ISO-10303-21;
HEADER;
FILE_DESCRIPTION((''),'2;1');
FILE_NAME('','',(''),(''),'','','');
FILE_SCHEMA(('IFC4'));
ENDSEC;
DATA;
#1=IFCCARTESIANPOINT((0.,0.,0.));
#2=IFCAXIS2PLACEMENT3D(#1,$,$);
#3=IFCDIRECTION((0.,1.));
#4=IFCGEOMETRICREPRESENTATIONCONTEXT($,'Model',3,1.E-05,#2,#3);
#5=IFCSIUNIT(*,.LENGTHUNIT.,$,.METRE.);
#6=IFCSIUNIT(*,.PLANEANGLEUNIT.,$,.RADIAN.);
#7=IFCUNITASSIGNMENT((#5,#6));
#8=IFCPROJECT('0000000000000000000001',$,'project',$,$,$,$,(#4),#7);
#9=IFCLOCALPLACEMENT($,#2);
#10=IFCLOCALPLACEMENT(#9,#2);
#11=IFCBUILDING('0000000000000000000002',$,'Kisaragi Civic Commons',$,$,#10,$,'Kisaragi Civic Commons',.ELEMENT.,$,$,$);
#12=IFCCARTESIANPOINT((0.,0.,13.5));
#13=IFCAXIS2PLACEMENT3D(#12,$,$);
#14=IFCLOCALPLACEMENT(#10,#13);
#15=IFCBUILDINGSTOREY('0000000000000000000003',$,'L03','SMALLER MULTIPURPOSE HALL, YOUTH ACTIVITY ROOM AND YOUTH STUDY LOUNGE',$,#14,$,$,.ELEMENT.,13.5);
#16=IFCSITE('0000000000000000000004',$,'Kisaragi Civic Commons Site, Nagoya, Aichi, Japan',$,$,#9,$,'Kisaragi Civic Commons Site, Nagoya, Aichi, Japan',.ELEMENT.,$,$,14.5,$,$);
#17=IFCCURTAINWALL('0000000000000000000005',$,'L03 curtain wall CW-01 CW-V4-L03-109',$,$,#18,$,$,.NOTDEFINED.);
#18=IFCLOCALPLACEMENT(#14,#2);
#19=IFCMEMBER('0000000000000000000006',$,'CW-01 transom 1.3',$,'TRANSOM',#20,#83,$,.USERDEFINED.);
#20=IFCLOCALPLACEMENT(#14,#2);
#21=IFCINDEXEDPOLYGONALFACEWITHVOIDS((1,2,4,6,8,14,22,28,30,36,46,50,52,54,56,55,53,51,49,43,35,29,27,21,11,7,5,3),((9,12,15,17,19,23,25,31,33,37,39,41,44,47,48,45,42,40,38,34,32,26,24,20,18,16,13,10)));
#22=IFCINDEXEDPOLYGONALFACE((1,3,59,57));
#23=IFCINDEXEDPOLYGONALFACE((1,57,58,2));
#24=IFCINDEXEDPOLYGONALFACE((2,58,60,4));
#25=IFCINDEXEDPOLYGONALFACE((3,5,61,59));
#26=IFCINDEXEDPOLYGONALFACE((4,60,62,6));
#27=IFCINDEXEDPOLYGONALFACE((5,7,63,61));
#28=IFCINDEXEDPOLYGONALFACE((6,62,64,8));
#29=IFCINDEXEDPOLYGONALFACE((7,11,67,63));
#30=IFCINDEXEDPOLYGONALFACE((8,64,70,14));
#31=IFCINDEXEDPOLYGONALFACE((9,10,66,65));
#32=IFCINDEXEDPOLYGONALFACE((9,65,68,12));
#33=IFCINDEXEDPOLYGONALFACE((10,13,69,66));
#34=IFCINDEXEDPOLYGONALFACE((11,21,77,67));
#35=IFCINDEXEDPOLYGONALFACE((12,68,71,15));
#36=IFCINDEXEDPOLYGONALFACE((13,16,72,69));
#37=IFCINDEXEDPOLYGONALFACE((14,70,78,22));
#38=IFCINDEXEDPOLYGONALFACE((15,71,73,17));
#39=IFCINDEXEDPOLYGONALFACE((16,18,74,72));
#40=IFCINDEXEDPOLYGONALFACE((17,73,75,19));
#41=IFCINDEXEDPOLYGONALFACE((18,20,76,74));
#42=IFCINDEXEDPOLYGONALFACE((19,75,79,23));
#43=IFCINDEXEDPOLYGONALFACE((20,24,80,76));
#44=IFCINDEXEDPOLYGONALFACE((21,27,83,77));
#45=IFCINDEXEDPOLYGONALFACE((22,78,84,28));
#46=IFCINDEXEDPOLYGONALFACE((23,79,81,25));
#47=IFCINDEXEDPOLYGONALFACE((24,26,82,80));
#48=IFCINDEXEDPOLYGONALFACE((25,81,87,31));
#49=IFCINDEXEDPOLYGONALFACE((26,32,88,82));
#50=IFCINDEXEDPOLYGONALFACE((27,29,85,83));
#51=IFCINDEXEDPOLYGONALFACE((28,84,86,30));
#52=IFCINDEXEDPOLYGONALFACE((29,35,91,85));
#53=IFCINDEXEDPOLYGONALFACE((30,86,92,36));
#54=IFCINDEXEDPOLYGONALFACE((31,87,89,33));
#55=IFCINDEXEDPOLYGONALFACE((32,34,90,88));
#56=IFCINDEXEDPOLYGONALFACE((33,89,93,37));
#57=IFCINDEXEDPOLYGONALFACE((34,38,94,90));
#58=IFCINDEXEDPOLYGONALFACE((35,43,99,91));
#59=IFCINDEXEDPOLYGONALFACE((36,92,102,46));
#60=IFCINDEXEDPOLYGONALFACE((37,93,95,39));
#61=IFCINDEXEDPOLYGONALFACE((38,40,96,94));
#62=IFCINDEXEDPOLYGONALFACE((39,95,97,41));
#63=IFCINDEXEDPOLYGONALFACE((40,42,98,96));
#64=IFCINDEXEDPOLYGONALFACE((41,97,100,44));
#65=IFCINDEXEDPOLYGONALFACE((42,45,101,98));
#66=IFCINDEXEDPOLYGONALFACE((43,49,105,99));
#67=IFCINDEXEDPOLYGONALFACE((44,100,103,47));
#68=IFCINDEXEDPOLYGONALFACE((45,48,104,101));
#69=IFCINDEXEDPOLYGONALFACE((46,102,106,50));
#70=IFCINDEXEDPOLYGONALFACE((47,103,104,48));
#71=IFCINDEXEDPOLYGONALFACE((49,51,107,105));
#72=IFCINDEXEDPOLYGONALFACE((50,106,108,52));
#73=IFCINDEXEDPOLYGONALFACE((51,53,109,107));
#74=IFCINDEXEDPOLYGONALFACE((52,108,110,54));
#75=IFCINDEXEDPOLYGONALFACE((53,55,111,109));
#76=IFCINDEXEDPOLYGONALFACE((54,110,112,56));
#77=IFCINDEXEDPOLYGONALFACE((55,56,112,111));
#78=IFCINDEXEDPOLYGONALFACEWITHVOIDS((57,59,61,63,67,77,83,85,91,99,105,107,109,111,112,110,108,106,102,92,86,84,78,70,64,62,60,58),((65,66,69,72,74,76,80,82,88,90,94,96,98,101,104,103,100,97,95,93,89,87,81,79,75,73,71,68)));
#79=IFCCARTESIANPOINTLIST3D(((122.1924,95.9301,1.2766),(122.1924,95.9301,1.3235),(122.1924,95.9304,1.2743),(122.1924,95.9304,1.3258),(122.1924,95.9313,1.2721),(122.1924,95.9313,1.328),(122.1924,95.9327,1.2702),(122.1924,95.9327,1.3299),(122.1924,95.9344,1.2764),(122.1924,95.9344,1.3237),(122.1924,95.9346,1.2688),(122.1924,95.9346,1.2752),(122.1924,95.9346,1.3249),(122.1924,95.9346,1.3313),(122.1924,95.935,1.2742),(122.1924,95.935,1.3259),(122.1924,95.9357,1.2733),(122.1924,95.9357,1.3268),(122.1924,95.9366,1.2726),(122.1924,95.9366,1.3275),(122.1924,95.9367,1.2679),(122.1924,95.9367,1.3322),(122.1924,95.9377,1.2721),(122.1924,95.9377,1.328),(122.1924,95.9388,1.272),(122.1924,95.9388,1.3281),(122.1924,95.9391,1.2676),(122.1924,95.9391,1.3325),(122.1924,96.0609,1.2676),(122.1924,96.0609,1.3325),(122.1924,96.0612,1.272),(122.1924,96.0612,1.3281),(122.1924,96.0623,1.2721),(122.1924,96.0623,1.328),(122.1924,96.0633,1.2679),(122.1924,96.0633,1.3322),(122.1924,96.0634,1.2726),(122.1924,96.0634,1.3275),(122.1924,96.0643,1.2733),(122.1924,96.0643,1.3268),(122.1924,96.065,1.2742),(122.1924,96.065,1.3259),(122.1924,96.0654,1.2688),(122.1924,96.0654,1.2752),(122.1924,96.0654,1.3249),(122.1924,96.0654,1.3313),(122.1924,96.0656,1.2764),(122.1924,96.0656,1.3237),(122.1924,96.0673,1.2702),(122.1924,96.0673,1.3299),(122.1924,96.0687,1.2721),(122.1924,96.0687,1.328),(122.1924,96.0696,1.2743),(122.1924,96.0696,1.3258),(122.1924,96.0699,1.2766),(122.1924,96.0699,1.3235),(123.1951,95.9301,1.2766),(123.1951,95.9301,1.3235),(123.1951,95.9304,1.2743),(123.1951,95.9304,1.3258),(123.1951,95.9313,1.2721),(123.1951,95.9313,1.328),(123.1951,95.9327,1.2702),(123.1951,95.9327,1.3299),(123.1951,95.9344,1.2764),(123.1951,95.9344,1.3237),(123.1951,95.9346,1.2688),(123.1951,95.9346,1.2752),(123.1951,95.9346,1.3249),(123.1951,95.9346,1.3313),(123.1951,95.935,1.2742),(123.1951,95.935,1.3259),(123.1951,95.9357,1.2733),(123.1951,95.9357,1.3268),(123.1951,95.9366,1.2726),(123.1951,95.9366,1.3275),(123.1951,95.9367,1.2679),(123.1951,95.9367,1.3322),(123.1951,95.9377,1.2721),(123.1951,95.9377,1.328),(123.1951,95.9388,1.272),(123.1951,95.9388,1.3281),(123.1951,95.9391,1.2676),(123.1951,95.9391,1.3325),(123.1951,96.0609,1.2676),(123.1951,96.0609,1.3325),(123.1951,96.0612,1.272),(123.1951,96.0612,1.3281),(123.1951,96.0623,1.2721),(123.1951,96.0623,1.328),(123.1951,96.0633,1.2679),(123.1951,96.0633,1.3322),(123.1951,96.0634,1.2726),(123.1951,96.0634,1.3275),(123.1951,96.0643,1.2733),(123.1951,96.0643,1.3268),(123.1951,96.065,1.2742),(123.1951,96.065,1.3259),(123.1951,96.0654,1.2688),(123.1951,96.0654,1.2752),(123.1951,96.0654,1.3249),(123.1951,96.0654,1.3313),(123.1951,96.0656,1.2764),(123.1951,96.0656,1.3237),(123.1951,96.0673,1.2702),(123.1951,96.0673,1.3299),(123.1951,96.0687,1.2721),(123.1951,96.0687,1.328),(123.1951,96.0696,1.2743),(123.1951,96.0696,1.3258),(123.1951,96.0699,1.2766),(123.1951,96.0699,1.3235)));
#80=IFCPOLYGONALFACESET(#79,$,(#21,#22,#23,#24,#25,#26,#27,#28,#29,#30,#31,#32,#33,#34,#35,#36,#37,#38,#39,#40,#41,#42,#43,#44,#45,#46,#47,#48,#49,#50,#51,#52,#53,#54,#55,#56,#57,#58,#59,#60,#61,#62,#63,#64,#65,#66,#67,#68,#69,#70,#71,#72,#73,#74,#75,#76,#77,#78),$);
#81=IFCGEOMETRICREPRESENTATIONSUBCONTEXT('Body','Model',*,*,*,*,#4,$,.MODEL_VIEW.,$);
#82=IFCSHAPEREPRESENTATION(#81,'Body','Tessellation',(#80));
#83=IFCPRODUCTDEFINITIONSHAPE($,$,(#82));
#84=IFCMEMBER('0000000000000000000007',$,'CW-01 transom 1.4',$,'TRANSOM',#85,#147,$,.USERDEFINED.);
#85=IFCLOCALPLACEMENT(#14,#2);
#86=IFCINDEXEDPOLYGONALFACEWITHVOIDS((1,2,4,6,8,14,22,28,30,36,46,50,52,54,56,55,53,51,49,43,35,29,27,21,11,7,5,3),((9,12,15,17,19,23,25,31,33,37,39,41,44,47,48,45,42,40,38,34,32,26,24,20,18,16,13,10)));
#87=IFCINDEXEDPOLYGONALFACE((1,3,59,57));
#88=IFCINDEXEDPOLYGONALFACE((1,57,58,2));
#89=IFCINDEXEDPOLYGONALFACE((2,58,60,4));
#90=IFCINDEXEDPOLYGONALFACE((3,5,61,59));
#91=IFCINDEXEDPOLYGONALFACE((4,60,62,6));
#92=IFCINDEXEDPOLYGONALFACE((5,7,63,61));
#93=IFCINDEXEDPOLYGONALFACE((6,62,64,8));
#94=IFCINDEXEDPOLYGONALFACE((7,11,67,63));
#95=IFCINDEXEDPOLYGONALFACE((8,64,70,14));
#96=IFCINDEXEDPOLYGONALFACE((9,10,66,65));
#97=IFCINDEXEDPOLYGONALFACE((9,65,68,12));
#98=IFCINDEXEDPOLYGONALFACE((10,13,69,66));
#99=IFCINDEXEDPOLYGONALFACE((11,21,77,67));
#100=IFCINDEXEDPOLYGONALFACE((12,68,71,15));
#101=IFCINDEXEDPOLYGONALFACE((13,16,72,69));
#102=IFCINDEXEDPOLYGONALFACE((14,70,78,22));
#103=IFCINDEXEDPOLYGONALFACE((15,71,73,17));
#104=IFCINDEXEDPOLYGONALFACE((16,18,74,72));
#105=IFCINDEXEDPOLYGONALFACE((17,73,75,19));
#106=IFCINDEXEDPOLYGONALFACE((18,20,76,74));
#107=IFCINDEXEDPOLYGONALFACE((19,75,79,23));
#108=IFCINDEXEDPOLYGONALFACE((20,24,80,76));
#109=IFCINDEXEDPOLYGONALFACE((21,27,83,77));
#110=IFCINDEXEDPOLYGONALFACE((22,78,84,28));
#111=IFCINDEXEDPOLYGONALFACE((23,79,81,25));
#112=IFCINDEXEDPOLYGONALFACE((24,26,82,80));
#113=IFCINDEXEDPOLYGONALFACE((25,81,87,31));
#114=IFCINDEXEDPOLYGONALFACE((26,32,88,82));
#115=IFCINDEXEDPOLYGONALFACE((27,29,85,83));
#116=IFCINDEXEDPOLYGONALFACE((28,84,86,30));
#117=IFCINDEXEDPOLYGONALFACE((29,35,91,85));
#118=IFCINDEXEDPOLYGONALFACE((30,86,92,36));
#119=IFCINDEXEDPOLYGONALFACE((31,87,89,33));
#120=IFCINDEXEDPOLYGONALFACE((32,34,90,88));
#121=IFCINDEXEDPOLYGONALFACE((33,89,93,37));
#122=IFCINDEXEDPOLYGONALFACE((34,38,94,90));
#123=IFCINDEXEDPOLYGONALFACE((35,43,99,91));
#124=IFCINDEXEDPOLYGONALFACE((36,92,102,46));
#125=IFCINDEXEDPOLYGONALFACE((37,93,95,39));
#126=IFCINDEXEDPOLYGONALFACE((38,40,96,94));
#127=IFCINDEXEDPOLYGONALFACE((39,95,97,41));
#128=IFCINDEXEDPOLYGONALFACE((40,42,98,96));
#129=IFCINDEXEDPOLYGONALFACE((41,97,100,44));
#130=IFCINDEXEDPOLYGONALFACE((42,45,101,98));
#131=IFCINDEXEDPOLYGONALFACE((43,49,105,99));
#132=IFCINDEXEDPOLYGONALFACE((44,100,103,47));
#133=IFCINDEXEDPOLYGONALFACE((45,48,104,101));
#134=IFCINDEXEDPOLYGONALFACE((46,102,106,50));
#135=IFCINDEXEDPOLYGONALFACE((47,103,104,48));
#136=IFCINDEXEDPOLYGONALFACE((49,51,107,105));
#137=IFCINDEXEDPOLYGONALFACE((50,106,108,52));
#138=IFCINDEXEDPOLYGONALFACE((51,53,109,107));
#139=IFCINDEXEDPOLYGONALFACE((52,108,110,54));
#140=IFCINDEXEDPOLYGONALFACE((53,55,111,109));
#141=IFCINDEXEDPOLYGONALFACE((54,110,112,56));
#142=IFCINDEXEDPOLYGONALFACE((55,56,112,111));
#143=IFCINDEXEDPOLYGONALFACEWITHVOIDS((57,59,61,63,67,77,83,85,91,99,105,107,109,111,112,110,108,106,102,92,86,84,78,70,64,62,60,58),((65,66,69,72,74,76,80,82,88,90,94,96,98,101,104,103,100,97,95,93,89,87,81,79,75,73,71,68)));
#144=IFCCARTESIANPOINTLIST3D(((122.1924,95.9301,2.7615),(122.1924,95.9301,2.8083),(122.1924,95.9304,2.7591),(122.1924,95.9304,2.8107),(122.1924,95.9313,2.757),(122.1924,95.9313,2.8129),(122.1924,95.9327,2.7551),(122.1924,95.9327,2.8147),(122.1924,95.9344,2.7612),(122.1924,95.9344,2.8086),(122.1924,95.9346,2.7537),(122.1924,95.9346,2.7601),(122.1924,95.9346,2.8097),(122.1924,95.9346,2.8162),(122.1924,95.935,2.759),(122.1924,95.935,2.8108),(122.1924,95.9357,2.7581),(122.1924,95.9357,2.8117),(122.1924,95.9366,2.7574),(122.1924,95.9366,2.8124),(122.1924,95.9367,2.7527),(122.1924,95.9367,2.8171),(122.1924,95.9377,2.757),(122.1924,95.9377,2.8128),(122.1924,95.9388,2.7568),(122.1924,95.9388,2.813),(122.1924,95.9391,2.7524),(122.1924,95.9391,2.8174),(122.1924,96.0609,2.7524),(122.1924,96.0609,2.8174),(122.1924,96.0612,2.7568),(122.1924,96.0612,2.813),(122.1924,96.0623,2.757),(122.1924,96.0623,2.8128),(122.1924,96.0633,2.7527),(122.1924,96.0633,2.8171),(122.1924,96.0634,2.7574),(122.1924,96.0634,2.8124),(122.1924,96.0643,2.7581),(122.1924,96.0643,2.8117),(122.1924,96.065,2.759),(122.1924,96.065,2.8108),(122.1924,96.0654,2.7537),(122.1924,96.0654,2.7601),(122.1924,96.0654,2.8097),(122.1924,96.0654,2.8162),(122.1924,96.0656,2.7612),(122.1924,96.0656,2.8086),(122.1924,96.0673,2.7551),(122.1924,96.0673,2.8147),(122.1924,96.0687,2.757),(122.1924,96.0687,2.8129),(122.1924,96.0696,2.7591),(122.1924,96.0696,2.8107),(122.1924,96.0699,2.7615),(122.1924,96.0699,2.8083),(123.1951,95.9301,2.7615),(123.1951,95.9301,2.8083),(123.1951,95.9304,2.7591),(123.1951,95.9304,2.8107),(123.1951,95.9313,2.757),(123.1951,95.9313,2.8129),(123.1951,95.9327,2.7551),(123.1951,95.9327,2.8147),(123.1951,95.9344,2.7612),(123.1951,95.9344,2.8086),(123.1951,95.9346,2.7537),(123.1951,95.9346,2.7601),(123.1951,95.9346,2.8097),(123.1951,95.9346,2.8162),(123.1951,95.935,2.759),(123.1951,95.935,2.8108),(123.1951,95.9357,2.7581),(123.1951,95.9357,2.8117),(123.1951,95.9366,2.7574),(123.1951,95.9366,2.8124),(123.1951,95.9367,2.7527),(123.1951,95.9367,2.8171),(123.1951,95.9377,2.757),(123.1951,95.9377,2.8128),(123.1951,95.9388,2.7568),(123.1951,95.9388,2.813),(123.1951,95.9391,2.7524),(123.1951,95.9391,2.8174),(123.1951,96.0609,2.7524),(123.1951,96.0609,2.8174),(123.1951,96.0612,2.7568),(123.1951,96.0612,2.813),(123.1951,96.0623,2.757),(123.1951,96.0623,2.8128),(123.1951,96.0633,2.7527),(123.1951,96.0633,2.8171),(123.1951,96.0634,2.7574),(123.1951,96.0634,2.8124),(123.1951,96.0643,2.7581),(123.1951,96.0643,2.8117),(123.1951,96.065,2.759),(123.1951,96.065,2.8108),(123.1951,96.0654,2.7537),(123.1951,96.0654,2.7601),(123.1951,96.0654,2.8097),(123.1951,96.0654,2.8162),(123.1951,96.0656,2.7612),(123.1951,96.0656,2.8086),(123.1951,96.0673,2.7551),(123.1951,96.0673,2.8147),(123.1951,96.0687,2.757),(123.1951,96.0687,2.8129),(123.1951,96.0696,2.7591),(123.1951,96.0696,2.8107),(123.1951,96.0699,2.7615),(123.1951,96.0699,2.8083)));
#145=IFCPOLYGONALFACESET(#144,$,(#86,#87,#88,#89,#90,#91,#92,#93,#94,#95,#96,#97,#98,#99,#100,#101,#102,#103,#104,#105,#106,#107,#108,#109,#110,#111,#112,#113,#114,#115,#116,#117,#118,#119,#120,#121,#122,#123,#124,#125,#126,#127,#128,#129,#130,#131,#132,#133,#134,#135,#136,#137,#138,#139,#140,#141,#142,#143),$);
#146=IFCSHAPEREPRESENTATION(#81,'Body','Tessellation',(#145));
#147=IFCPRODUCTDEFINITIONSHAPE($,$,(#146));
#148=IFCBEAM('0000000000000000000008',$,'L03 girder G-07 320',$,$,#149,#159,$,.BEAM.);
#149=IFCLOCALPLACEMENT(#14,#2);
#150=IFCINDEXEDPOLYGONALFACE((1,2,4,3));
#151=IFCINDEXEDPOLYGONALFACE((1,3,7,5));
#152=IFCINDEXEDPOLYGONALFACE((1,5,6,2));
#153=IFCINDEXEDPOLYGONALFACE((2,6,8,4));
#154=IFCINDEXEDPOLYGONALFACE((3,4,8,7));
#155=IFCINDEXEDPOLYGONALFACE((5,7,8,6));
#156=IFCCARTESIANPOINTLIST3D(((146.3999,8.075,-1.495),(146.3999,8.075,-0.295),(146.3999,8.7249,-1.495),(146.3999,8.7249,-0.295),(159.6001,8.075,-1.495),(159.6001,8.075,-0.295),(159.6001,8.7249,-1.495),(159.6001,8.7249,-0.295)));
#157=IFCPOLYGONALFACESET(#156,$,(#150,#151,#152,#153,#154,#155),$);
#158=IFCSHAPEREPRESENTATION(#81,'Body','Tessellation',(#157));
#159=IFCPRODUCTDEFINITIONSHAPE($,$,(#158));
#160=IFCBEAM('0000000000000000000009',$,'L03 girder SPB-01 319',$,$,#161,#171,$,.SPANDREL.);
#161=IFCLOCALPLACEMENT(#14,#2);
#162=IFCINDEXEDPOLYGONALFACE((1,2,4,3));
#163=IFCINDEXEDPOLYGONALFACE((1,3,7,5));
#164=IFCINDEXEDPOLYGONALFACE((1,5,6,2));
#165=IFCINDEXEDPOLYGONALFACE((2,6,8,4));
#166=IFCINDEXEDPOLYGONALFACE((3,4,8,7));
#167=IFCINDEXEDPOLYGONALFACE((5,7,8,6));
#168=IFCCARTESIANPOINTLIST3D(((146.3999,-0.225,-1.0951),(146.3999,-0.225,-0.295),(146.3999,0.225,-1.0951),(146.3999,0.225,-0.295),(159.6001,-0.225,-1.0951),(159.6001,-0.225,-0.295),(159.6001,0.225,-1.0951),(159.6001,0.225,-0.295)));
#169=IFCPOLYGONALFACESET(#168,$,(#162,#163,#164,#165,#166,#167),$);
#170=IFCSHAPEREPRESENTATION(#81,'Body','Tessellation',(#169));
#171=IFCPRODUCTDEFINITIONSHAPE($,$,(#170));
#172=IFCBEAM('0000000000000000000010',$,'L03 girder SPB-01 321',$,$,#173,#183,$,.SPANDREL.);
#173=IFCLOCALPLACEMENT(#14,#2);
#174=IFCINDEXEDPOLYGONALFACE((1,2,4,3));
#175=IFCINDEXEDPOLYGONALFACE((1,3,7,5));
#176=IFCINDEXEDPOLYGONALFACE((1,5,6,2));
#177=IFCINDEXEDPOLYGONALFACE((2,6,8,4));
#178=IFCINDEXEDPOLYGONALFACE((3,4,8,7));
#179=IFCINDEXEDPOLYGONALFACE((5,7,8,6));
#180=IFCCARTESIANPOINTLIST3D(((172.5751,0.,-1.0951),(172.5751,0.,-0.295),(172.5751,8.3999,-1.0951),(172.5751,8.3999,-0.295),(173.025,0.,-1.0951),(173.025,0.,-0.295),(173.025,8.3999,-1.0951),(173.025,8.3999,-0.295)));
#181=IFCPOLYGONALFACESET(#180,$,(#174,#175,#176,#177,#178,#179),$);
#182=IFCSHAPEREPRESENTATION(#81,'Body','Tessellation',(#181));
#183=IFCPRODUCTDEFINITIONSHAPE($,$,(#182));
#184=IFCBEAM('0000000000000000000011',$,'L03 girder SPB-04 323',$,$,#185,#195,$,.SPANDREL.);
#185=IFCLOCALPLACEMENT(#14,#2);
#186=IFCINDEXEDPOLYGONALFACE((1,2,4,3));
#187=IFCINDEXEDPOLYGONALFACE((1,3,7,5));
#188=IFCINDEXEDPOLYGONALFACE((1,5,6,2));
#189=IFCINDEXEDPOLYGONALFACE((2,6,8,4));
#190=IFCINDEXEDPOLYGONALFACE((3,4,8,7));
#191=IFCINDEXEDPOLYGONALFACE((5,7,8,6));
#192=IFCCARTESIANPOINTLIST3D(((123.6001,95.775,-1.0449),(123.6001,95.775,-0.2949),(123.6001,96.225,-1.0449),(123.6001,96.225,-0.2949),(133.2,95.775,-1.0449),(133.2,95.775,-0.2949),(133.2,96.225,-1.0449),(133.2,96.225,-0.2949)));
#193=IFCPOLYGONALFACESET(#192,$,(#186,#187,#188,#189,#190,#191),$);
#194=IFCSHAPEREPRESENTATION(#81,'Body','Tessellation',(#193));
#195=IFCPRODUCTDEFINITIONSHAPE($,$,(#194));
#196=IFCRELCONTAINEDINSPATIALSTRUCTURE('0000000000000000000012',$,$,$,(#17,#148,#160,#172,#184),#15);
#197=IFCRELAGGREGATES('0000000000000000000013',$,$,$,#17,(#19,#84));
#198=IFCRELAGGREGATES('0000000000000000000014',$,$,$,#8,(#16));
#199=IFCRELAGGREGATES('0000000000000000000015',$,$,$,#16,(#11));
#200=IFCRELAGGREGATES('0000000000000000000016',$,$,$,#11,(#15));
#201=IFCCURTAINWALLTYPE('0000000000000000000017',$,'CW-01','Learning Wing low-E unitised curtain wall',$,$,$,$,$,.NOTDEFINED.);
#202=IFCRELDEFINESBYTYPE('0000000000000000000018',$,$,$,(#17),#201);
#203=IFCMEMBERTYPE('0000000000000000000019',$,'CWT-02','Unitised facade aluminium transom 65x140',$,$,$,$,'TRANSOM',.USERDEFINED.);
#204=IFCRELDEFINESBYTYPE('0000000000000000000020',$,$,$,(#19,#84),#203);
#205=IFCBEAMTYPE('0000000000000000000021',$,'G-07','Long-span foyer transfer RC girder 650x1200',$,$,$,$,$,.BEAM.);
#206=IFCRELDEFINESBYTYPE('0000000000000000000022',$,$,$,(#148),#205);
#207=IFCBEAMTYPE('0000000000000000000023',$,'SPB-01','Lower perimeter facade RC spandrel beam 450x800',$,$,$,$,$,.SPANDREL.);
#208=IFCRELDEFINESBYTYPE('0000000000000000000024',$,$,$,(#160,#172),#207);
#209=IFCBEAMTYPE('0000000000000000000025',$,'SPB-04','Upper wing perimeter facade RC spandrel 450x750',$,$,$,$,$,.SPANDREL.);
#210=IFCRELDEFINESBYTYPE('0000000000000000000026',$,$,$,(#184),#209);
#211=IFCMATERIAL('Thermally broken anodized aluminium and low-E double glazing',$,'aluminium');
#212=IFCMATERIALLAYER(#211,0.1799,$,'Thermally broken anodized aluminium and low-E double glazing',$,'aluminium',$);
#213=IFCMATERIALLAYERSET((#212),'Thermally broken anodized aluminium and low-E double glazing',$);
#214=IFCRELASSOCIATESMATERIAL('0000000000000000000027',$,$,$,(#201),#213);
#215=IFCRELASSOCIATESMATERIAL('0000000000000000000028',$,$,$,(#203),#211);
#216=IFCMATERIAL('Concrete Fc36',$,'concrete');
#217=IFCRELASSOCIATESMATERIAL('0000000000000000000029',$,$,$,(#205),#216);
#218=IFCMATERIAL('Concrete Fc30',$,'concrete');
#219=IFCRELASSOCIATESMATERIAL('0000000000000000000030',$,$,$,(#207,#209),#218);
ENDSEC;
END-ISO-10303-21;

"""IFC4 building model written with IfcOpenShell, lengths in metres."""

from ifc_helpers import new_model, si_unit, direction, frame, origin, origin_2d, place, context, subcontext, project, spatial, rectangle, hollow_rectangle, extrude, material, layer, layer_set, material_profile, profile_set, type_object, element, aggregate, save


model = new_model("IFC4")

# Units and contexts
model_context = context("Model", 3, precision=1e-05, world=origin(), true_north=direction((0.0, 1.0)))
body_context = subcontext(model_context, "Body", "Model", "MODEL_VIEW")
ifc_project = project(units=[si_unit("LENGTHUNIT", "METRE"), si_unit("PLANEANGLEUNIT", "RADIAN")], contexts=[model_context])

# Site, building, storey
site_placement = place(None, origin())
site = spatial("IfcSite", under=ifc_project, at=site_placement, Name="Kisaragi Civic Commons Site, Nagoya, Aichi, Japan", LongName="Kisaragi Civic Commons Site, Nagoya, Aichi, Japan", CompositionType="ELEMENT", RefElevation=14.5)
building_placement = place(site_placement, origin())
building = spatial("IfcBuilding", under=site, at=building_placement, Name="Kisaragi Civic Commons", LongName="Kisaragi Civic Commons", CompositionType="ELEMENT")
storey_placement = place(building_placement, frame((0.0, 0.0, 13.5)))
storey = spatial("IfcBuildingStorey", under=building, at=storey_placement, Name="L03", Description="SMALLER MULTIPURPOSE HALL, YOUTH ACTIVITY ROOM AND YOUTH STUDY LOUNGE", CompositionType="ELEMENT", Elevation=13.5)

# Shared definitions
ifc_material_1 = material(Name="Concrete Fc30", Category="concrete")

# Shared definitions
ifc_material_2 = material(Name="Thermally broken anodized aluminium and low-E double glazing", Category="aluminium")
ifc_layer_1 = layer(ifc_material_2, 0.1799, Name="Thermally broken anodized aluminium and low-E double glazing", Category="aluminium")
ifc_layer_set_1 = layer_set([ifc_layer_1], Name="Thermally broken anodized aluminium and low-E double glazing")
curtain_wall_type = type_object("IfcCurtainWallType", Name="CW-01", Description="Learning Wing low-E unitised curtain wall", PredefinedType="NOTDEFINED", material=ifc_layer_set_1)

# Curtain wall, members
curtain_wall_1_placement = place(storey_placement, origin())
curtain_wall_1 = element("IfcCurtainWall", 1, at=curtain_wall_1_placement, inside=storey, type_object=curtain_wall_type, Name="L03 curtain wall CW-01 CW-V4-L03-109", PredefinedType="NOTDEFINED")
ifc_material_profile_1 = material_profile(ifc_material_2, hollow_rectangle(XDim=0.1399, YDim=0.0649, WallThickness=0.0044, InnerFilletRadius=0.0044, OuterFilletRadius=0.009, at=origin_2d()), Name="CWT-65x140x4.5", Category="aluminium")
ifc_profile_set_1 = profile_set([ifc_material_profile_1], Name="Thermally broken anodized aluminium and low-E double glazing")
member_type_1 = type_object("IfcMemberType", Name="CWT-02", Description="Unitised facade aluminium transom 65x140", ElementType="TRANSOM", PredefinedType="USERDEFINED", material=ifc_profile_set_1)
member_1_placement = place(storey_placement, frame((123.1951, 96.0, 1.3), z_axis=(-1.0, 0.0, 0.0), x_axis=(0.0, -1.0, 0.0)))
member_1 = element("IfcMember", 2, at=member_1_placement, type_object=member_type_1, Name="CW-01 transom 1.3", ObjectType="TRANSOM", PredefinedType="USERDEFINED", context=body_context, shape_type="SweptSolid", body=[
    extrude(hollow_rectangle(XDim=0.1399, YDim=0.0649, WallThickness=0.0044, InnerFilletRadius=0.0044, OuterFilletRadius=0.009, at=origin_2d()), origin(), (0.0, 0.0, 1.0), 1.0027),
])
member_2_placement = place(storey_placement, frame((123.1951, 96.0, 2.7849), z_axis=(-1.0, 0.0, 0.0), x_axis=(0.0, -1.0, 0.0)))
member_2 = element("IfcMember", 3, at=member_2_placement, type_object=member_type_1, Name="CW-01 transom 1.4", ObjectType="TRANSOM", PredefinedType="USERDEFINED", context=body_context, shape_type="SweptSolid", body=[
    extrude(hollow_rectangle(XDim=0.1399, YDim=0.0649, WallThickness=0.0044, InnerFilletRadius=0.0044, OuterFilletRadius=0.009, at=origin_2d()), origin(), (0.0, 0.0, 1.0), 1.0027),
])

# Beams
ifc_material_3 = material(Name="Concrete Fc36", Category="concrete")
ifc_material_profile_2 = material_profile(ifc_material_3, rectangle(XDim=0.6499, YDim=1.2, at=origin_2d()), Name="RC-650x1200", Category="concrete")
ifc_profile_set_2 = profile_set([ifc_material_profile_2], Name="Concrete Fc36")
beam_type_1 = type_object("IfcBeamType", Name="G-07", Description="Long-span foyer transfer RC girder 650x1200", PredefinedType="BEAM", material=ifc_profile_set_2)
beam_1_placement = place(storey_placement, frame((146.3999, 8.3999, -0.895), z_axis=(1.0, 0.0, 0.0), x_axis=(0.0, 1.0, 0.0)))
element("IfcBeam", 4, at=beam_1_placement, inside=storey, type_object=beam_type_1, Name="L03 girder G-07 320", PredefinedType="BEAM", context=body_context, shape_type="SweptSolid", body=[
    extrude(rectangle(XDim=0.6499, YDim=1.2, at=origin_2d()), origin(), (0.0, 0.0, 1.0), 13.2002),
])
ifc_material_profile_3 = material_profile(ifc_material_1, rectangle(XDim=0.45, YDim=0.8, at=origin_2d()), Name="RC-450x800", Category="concrete")
ifc_profile_set_3 = profile_set([ifc_material_profile_3], Name="Concrete Fc30")
beam_type_2 = type_object("IfcBeamType", Name="SPB-01", Description="Lower perimeter facade RC spandrel beam 450x800", PredefinedType="SPANDREL", material=ifc_profile_set_3)
beam_2_placement = place(storey_placement, frame((146.3999, 0.0, -0.6951), z_axis=(1.0, 0.0, 0.0), x_axis=(0.0, 1.0, 0.0)))
element("IfcBeam", 5, at=beam_2_placement, inside=storey, type_object=beam_type_2, Name="L03 girder SPB-01 319", PredefinedType="SPANDREL", context=body_context, shape_type="SweptSolid", body=[
    extrude(rectangle(XDim=0.45, YDim=0.8, at=origin_2d()), origin(), (0.0, 0.0, 1.0), 13.2002),
])
beam_3_placement = place(storey_placement, frame((172.8, 0.0, -0.6951), z_axis=(0.0, 1.0, 0.0), x_axis=(-1.0, 0.0, 0.0)))
element("IfcBeam", 6, at=beam_3_placement, inside=storey, type_object=beam_type_2, Name="L03 girder SPB-01 321", PredefinedType="SPANDREL", context=body_context, shape_type="SweptSolid", body=[
    extrude(rectangle(XDim=0.45, YDim=0.8, at=origin_2d()), origin(), (0.0, 0.0, 1.0), 8.3999),
])
ifc_material_profile_4 = material_profile(ifc_material_1, rectangle(XDim=0.45, YDim=0.75, at=origin_2d()), Name="RC-450x750", Category="concrete")
ifc_profile_set_4 = profile_set([ifc_material_profile_4], Name="Concrete Fc30")
beam_type_3 = type_object("IfcBeamType", Name="SPB-04", Description="Upper wing perimeter facade RC spandrel 450x750", PredefinedType="SPANDREL", material=ifc_profile_set_4)
beam_4_placement = place(storey_placement, frame((123.6001, 96.0, -0.6699), z_axis=(1.0, 0.0, 0.0), x_axis=(0.0, 1.0, 0.0)))
element("IfcBeam", 7, at=beam_4_placement, inside=storey, type_object=beam_type_3, Name="L03 girder SPB-04 323", PredefinedType="SPANDREL", context=body_context, shape_type="SweptSolid", body=[
    extrude(rectangle(XDim=0.45, YDim=0.75, at=origin_2d()), origin(), (0.0, 0.0, 1.0), 9.5999),
])

aggregate(curtain_wall_1, [member_1, member_2])

save(model, "model.ifc")
